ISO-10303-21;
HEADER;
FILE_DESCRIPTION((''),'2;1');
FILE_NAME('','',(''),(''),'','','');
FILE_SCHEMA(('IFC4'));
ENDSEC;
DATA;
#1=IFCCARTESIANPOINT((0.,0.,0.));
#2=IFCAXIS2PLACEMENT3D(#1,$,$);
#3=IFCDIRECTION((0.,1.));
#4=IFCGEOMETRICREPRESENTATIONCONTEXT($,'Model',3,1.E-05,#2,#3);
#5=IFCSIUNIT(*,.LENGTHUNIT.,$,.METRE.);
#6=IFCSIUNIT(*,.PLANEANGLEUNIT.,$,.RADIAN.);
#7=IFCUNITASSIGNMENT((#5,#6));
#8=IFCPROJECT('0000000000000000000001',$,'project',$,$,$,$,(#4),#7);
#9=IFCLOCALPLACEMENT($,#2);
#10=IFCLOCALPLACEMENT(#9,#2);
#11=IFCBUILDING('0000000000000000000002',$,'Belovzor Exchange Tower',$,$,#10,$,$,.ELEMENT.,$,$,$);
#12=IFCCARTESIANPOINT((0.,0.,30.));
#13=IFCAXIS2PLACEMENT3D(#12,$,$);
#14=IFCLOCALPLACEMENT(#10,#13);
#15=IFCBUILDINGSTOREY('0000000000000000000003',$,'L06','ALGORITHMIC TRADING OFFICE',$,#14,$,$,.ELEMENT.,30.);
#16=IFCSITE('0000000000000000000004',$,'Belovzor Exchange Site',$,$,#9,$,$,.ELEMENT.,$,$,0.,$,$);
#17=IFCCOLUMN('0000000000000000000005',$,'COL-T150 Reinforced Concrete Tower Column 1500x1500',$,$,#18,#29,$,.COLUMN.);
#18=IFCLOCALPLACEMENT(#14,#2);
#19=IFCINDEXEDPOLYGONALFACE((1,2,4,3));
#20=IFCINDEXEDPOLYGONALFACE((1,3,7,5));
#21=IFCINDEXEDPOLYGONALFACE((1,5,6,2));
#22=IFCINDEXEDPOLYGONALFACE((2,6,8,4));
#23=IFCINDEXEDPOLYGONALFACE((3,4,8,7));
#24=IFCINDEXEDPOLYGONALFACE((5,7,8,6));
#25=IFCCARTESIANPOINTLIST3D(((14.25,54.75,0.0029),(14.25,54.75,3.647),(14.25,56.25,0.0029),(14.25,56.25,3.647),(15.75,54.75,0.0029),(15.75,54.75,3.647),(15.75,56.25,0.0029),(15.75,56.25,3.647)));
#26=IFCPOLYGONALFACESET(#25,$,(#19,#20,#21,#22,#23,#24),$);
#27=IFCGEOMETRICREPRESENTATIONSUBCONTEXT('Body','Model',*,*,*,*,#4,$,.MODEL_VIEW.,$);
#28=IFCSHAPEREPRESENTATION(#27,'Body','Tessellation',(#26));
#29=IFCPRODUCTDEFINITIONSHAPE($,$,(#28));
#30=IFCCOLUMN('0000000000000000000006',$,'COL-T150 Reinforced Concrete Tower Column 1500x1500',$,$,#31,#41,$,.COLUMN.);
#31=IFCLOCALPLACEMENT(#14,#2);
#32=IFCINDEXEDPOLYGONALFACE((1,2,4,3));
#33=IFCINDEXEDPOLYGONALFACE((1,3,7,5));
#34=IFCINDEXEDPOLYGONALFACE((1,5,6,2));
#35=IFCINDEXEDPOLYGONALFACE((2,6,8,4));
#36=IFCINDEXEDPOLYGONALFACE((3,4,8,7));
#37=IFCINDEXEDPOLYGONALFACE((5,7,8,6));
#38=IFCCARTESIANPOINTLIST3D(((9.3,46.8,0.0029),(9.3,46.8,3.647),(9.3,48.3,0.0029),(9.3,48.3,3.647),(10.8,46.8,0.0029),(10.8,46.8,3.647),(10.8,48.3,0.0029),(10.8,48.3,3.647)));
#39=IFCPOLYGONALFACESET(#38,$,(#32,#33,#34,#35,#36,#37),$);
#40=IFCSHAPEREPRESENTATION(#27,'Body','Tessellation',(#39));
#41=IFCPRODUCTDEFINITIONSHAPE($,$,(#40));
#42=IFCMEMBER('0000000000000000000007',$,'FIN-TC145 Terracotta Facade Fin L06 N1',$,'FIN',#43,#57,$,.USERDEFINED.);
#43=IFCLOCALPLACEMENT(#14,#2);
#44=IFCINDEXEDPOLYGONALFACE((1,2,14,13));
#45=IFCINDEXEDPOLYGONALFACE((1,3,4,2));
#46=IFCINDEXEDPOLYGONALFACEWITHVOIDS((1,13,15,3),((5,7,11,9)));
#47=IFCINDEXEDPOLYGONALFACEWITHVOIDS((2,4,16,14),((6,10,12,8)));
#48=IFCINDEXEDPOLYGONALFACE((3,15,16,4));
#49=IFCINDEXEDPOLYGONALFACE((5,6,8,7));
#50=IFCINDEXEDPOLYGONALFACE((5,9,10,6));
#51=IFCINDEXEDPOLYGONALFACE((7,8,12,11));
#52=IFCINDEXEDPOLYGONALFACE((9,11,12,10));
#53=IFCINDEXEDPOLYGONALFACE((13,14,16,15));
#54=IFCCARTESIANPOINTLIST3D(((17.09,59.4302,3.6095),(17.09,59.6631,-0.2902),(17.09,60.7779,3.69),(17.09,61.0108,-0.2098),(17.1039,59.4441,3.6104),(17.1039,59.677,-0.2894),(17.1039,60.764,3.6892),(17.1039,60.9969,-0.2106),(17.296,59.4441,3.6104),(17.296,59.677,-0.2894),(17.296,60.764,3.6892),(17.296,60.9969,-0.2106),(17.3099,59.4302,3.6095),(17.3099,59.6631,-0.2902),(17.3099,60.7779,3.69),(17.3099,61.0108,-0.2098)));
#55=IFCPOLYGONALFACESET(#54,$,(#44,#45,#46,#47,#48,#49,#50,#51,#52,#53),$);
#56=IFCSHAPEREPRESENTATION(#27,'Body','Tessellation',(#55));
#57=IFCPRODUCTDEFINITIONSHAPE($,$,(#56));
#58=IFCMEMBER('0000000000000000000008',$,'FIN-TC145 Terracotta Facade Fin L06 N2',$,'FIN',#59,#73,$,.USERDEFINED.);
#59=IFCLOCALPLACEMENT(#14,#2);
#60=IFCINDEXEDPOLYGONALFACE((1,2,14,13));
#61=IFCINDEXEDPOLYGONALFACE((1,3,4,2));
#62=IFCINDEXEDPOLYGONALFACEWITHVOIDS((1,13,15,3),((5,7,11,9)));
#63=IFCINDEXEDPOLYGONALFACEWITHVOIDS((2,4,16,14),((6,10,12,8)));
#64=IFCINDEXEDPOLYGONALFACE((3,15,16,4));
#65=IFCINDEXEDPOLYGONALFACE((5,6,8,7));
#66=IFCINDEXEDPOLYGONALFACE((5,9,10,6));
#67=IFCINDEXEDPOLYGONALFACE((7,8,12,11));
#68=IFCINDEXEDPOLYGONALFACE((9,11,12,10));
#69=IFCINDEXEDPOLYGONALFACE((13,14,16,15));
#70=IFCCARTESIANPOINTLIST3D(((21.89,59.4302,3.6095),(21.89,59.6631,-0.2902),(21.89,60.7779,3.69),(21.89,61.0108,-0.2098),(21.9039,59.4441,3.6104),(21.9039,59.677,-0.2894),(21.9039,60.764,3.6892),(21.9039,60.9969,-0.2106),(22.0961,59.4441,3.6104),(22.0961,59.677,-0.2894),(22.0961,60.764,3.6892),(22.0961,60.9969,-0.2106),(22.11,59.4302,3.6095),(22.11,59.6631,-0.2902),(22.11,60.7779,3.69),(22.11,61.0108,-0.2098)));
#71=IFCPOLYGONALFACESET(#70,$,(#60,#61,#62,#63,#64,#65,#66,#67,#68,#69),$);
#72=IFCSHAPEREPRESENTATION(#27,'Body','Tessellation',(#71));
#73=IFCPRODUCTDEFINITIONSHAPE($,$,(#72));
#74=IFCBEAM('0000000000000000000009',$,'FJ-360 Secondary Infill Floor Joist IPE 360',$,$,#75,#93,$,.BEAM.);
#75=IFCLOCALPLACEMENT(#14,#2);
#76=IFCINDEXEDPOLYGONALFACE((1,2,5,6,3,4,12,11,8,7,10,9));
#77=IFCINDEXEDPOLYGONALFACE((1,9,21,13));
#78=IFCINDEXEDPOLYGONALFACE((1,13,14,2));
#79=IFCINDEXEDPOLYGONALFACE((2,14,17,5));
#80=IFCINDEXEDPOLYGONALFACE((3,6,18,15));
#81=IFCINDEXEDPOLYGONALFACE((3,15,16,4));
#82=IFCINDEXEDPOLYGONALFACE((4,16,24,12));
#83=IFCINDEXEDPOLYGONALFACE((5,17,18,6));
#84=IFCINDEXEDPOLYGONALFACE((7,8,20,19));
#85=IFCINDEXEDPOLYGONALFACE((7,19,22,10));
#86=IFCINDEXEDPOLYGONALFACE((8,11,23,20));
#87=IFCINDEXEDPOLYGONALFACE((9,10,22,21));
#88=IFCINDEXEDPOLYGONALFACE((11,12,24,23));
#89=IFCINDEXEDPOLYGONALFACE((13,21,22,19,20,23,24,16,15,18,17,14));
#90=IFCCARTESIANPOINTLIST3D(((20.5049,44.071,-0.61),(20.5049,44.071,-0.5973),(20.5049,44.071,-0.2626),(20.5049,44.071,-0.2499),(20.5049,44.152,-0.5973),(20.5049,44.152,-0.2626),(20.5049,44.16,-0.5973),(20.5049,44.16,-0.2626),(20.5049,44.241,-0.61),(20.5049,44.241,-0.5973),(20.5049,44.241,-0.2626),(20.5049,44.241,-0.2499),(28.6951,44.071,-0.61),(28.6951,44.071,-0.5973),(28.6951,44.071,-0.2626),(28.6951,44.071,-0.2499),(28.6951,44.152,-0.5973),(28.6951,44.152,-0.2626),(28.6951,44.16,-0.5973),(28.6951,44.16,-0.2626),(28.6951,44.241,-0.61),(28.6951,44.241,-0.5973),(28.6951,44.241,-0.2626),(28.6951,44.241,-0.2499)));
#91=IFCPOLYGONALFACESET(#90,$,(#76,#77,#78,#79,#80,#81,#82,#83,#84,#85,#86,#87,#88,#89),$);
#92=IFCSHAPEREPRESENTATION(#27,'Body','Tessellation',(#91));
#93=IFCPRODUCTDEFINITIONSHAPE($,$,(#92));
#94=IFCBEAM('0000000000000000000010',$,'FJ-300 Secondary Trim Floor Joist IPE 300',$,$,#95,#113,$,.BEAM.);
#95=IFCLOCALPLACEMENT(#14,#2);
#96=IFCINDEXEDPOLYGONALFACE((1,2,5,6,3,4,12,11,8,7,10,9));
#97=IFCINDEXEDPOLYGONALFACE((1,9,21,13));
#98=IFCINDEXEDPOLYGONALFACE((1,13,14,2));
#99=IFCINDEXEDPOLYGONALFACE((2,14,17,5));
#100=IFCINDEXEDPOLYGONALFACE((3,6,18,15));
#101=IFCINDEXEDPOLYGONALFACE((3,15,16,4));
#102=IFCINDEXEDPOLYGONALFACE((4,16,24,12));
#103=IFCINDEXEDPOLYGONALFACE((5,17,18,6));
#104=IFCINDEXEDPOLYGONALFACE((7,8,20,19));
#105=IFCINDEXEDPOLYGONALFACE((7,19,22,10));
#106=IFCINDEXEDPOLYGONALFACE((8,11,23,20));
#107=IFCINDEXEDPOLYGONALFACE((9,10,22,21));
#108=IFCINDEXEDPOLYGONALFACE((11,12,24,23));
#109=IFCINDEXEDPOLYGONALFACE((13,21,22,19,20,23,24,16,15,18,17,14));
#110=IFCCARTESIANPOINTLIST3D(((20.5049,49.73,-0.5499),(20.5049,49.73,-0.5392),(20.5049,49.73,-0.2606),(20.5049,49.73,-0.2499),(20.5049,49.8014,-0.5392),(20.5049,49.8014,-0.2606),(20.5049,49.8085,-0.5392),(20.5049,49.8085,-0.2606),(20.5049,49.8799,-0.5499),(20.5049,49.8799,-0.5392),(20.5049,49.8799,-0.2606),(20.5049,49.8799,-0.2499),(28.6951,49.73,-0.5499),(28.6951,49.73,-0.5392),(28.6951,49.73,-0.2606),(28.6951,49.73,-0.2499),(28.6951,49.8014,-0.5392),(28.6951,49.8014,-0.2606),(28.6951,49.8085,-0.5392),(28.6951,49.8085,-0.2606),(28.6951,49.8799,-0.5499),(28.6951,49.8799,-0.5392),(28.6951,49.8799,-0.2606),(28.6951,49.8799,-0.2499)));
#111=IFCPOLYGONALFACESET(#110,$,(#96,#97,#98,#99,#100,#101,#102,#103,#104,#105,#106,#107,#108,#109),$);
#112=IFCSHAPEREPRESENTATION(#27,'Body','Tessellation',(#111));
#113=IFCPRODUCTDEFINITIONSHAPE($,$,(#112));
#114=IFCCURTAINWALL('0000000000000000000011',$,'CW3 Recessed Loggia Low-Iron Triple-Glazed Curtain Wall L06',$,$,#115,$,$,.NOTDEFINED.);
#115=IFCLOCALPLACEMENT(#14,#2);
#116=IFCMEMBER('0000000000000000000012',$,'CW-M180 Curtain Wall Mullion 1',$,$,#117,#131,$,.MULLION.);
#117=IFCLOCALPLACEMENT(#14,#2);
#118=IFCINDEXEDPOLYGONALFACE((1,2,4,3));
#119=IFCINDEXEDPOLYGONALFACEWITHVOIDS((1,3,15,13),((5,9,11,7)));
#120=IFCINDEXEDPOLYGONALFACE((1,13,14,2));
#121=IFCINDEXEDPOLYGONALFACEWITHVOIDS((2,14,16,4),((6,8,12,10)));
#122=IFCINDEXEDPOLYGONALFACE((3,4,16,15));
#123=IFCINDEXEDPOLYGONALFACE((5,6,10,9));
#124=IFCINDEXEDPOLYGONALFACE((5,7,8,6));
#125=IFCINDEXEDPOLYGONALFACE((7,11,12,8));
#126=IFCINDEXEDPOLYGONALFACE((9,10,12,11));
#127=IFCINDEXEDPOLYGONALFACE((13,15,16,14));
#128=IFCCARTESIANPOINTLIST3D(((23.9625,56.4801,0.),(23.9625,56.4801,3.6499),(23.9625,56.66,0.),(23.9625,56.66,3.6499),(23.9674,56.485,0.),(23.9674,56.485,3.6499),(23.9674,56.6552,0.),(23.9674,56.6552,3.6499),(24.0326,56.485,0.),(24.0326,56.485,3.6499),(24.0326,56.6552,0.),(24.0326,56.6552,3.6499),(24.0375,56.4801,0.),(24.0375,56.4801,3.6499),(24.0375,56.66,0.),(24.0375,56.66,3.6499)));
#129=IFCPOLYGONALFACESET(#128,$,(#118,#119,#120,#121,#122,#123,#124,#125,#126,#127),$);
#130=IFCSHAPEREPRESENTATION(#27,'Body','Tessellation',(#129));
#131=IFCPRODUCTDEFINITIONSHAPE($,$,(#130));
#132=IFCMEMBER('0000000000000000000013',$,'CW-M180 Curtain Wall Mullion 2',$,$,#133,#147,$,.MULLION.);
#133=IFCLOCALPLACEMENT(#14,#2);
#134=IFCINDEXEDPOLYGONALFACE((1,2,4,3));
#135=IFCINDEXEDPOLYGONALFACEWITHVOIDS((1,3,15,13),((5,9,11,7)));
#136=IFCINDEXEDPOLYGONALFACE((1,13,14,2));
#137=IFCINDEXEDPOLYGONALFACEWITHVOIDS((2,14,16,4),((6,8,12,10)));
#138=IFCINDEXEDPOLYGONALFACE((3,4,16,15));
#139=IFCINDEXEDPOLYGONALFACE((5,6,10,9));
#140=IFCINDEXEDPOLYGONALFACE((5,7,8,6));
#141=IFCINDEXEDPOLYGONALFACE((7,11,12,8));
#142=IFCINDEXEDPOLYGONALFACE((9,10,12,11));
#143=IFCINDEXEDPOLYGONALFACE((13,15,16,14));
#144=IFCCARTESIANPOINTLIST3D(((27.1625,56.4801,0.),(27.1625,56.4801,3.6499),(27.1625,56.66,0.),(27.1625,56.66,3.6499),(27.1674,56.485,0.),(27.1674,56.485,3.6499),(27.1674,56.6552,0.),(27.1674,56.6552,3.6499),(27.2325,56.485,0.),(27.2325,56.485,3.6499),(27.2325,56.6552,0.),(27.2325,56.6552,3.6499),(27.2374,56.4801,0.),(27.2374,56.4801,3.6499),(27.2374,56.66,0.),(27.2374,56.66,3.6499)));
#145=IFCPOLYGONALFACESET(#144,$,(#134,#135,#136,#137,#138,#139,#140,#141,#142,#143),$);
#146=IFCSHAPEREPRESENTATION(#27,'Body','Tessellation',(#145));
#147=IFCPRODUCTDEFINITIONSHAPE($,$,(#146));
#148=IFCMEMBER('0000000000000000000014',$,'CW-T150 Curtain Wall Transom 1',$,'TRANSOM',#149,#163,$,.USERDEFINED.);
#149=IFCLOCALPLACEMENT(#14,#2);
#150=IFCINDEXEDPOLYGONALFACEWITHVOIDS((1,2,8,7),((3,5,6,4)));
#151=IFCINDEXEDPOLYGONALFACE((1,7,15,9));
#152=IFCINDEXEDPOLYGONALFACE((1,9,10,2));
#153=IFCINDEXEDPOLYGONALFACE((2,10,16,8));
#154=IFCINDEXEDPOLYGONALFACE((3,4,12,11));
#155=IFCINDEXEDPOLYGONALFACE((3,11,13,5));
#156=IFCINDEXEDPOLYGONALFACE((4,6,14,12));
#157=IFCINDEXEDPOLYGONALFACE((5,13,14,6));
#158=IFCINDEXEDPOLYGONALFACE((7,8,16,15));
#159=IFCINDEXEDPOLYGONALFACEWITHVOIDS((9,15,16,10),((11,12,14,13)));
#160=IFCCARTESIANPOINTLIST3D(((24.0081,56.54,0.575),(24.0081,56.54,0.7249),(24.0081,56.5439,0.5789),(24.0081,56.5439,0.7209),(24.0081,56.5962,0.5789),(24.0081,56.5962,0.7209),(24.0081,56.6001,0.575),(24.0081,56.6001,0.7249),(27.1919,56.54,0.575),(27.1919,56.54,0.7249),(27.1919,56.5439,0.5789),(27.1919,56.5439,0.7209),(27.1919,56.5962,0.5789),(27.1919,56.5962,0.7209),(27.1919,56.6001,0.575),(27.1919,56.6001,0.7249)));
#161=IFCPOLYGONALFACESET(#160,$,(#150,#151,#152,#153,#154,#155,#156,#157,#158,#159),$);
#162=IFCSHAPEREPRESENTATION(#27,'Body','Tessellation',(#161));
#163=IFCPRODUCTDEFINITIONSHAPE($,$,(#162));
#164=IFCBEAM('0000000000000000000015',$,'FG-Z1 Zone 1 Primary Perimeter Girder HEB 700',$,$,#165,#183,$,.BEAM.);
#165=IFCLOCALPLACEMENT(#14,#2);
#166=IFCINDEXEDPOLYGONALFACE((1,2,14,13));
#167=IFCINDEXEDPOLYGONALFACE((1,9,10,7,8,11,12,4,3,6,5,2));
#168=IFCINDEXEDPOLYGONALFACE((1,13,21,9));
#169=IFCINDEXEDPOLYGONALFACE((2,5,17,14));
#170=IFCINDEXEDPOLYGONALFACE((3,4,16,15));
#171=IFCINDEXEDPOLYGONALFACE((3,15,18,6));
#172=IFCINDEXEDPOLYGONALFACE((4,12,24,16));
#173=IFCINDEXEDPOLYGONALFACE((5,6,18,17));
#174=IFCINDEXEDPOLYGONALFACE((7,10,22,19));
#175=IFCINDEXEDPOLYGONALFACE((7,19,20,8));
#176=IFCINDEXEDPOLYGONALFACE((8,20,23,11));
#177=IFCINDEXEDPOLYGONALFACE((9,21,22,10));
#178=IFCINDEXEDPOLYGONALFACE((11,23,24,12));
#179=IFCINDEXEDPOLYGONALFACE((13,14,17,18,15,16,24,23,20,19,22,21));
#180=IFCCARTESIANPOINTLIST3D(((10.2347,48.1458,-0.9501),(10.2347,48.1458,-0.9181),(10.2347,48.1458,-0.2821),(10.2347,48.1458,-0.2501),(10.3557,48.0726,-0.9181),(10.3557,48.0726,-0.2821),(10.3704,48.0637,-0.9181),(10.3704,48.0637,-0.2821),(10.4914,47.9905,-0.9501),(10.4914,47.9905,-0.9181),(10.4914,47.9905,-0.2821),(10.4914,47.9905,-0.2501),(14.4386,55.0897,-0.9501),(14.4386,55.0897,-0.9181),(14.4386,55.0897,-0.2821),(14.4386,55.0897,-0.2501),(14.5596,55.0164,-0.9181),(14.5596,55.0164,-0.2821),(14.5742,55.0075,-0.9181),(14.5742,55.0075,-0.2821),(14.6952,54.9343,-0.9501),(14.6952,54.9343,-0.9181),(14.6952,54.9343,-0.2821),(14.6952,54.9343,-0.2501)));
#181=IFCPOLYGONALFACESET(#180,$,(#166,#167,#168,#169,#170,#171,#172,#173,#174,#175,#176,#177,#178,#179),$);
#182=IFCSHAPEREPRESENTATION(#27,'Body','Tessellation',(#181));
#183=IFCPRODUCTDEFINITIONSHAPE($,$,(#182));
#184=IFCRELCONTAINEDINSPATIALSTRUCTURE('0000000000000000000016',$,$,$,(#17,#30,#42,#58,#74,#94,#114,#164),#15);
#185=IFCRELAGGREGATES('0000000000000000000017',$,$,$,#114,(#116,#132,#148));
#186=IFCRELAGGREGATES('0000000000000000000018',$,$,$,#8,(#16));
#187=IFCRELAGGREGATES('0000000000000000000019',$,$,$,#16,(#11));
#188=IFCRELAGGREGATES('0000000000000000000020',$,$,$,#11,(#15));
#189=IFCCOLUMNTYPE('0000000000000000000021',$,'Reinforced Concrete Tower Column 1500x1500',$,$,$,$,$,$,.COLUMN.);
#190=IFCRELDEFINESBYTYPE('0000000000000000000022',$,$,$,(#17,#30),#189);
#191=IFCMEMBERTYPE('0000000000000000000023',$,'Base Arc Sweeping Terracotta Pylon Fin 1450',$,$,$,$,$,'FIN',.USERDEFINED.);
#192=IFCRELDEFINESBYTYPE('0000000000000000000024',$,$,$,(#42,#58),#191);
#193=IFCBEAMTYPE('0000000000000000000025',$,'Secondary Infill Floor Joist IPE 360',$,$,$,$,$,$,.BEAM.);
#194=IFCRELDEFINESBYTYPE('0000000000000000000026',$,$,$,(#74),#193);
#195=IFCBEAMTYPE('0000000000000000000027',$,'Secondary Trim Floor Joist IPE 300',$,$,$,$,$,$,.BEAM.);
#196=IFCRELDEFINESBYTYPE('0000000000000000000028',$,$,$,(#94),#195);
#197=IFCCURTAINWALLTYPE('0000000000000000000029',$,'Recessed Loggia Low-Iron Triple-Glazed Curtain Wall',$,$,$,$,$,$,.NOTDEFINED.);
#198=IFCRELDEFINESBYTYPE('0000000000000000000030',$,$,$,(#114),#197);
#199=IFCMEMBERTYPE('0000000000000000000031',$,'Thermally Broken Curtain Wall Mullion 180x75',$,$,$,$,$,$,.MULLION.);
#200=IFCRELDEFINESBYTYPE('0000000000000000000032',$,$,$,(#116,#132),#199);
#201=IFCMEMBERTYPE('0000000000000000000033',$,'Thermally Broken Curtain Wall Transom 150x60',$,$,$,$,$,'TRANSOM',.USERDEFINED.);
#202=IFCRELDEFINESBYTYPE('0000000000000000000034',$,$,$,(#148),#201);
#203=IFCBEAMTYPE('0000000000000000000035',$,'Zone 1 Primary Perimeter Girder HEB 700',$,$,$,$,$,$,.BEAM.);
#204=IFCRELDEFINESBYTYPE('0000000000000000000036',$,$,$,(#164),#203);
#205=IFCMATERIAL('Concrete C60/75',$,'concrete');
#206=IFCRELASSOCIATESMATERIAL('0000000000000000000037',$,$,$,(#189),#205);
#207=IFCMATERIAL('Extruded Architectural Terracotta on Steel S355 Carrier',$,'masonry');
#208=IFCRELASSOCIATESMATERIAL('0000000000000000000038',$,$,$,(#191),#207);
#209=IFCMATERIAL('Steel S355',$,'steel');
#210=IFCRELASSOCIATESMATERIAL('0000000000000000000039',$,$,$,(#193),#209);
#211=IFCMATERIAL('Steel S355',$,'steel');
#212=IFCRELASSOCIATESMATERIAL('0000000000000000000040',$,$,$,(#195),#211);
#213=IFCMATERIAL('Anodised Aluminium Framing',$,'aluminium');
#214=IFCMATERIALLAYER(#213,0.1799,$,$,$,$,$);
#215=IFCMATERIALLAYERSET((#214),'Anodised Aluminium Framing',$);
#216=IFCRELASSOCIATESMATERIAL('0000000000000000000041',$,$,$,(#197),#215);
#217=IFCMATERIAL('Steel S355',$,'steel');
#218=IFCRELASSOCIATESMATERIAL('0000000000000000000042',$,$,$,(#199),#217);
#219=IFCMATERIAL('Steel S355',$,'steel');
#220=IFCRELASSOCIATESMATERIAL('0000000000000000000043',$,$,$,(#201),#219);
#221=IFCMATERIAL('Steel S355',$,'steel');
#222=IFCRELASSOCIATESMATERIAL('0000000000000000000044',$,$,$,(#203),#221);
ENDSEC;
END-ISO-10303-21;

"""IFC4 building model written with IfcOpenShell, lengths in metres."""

from ifc_helpers import new_model, si_unit, direction, frame, origin, origin_2d, place, context, subcontext, project, spatial, rectangle, hollow_rectangle, i_section, extrude, material, layer, layer_set, material_profile, profile_set, type_object, element, aggregate, save


model = new_model("IFC4")

# Units and contexts
model_context = context("Model", 3, precision=1e-05, world=origin(), true_north=direction((0.0, 1.0)))
body_context = subcontext(model_context, "Body", "Model", "MODEL_VIEW")
ifc_project = project(units=[si_unit("LENGTHUNIT", "METRE"), si_unit("PLANEANGLEUNIT", "RADIAN")], contexts=[model_context])

# Site, building, storey
site_placement = place(None, origin())
site = spatial("IfcSite", under=ifc_project, at=site_placement, Name="Belovzor Exchange Site", CompositionType="ELEMENT", RefElevation=0.0)
building_placement = place(site_placement, origin())
building = spatial("IfcBuilding", under=site, at=building_placement, Name="Belovzor Exchange Tower", CompositionType="ELEMENT")
storey_placement = place(building_placement, frame((0.0, 0.0, 30.0)))
storey = spatial("IfcBuildingStorey", under=building, at=storey_placement, Name="L06", Description="ALGORITHMIC TRADING OFFICE", CompositionType="ELEMENT", Elevation=30.0)

# Columns
ifc_material_1 = material(Name="Concrete C60/75", Category="concrete")
ifc_material_profile_1 = material_profile(ifc_material_1, rectangle(XDim=1.5, YDim=1.5, at=origin_2d()))
ifc_profile_set_1 = profile_set([ifc_material_profile_1], Name="Concrete C60/75")
column_type = type_object("IfcColumnType", Name="Reinforced Concrete Tower Column 1500x1500", PredefinedType="COLUMN", material=ifc_profile_set_1)
for number, where, z_axis, x_axis, name in (
    (1, (15.0, 55.5, 0.0029), (0.0, 0.0, 1.0), (1.0, 0.0, 0.0), "COL-T150 Reinforced Concrete Tower Column 1500x1500"),
    (2, (10.05, 47.55, 0.0029), (0.0, 0.0, 1.0), (1.0, 0.0, 0.0), "COL-T150 Reinforced Concrete Tower Column 1500x1500"),
):
    element("IfcColumn", number, at=place(storey_placement, frame(where, z_axis=z_axis, x_axis=x_axis)), inside=storey, type_object=column_type, Name=name, PredefinedType="COLUMN", context=body_context, shape_type="SweptSolid", body=[
        extrude(rectangle(XDim=1.5, YDim=1.5, at=origin_2d()), origin(), (0.0, 0.0, 1.0), 3.644),
    ])

# Members
ifc_material_2 = material(Name="Extruded Architectural Terracotta on Steel S355 Carrier", Category="masonry")
ifc_material_profile_2 = material_profile(ifc_material_2, hollow_rectangle(XDim=0.22, YDim=1.3501, WallThickness=0.0139, at=origin_2d()))
ifc_profile_set_2 = profile_set([ifc_material_profile_2], Name="Extruded Architectural Terracotta on Steel S355 Carrier")
member_type_1 = type_object("IfcMemberType", Name="Base Arc Sweeping Terracotta Pylon Fin 1450", ElementType="FIN", PredefinedType="USERDEFINED", material=ifc_profile_set_2)
for number, where, z_axis, x_axis, name in (
    (3, (17.2, 60.3369, -0.25), (0.0, -0.059616, 0.998221), (1.0, 0.0, 0.0), "FIN-TC145 Terracotta Facade Fin L06 N1"),
    (4, (22.0, 60.3369, -0.25), (0.0, -0.059616, 0.998221), (1.0, 0.0, 0.0), "FIN-TC145 Terracotta Facade Fin L06 N2"),
):
    element("IfcMember", number, at=place(storey_placement, frame(where, z_axis=z_axis, x_axis=x_axis)), inside=storey, type_object=member_type_1, Name=name, ObjectType="FIN", PredefinedType="USERDEFINED", context=body_context, shape_type="SweptSolid", body=[
        extrude(hollow_rectangle(XDim=0.22, YDim=1.3501, WallThickness=0.0139, at=origin_2d()), origin(), (0.0, 0.0, 1.0), 3.9067),
    ])

# Beams
ifc_material_3 = material(Name="Steel S355", Category="steel")
ifc_material_profile_3 = material_profile(ifc_material_3, i_section(OverallWidth=0.1699, OverallDepth=0.3601, WebThickness=0.0081, FlangeThickness=0.0127, at=origin_2d()))
ifc_profile_set_3 = profile_set([ifc_material_profile_3], Name="Steel S355")
beam_type_1 = type_object("IfcBeamType", Name="Secondary Infill Floor Joist IPE 360", PredefinedType="BEAM", material=ifc_profile_set_3)
beam_1_placement = place(storey_placement, frame((20.5049, 44.156, -0.4299), z_axis=(1.0, 0.0, 0.0), x_axis=(0.0, 1.0, 0.0)))
element("IfcBeam", 5, at=beam_1_placement, inside=storey, type_object=beam_type_1, Name="FJ-360 Secondary Infill Floor Joist IPE 360", PredefinedType="BEAM", context=body_context, shape_type="SweptSolid", body=[
    extrude(i_section(OverallWidth=0.1699, OverallDepth=0.3601, WebThickness=0.0081, FlangeThickness=0.0127, at=origin_2d()), origin(), (0.0, 0.0, 1.0), 8.1902),
])
ifc_material_4 = material(Name="Steel S355", Category="steel")
ifc_material_profile_4 = material_profile(ifc_material_4, i_section(OverallWidth=0.1499, OverallDepth=0.3, WebThickness=0.0071, FlangeThickness=0.0107, at=origin_2d()))
ifc_profile_set_4 = profile_set([ifc_material_profile_4], Name="Steel S355")
beam_type_2 = type_object("IfcBeamType", Name="Secondary Trim Floor Joist IPE 300", PredefinedType="BEAM", material=ifc_profile_set_4)
beam_2_placement = place(storey_placement, frame((20.5049, 49.8049, -0.3999), z_axis=(1.0, 0.0, 0.0), x_axis=(0.0, 1.0, 0.0)))
element("IfcBeam", 6, at=beam_2_placement, inside=storey, type_object=beam_type_2, Name="FJ-300 Secondary Trim Floor Joist IPE 300", PredefinedType="BEAM", context=body_context, shape_type="SweptSolid", body=[
    extrude(i_section(OverallWidth=0.1499, OverallDepth=0.3, WebThickness=0.0071, FlangeThickness=0.0107, at=origin_2d()), origin(), (0.0, 0.0, 1.0), 8.1902),
])

# Curtain wall, members
ifc_material_5 = material(Name="Anodised Aluminium Framing", Category="aluminium")
ifc_layer_1 = layer(ifc_material_5, 0.1799)
ifc_layer_set_1 = layer_set([ifc_layer_1], Name="Anodised Aluminium Framing")
curtain_wall_type = type_object("IfcCurtainWallType", Name="Recessed Loggia Low-Iron Triple-Glazed Curtain Wall", PredefinedType="NOTDEFINED", material=ifc_layer_set_1)
curtain_wall_placement = place(storey_placement, origin())
curtain_wall = element("IfcCurtainWall", 7, at=curtain_wall_placement, inside=storey, type_object=curtain_wall_type, Name="CW3 Recessed Loggia Low-Iron Triple-Glazed Curtain Wall L06", PredefinedType="NOTDEFINED")
ifc_material_6 = material(Name="Steel S355", Category="steel")
ifc_material_profile_5 = material_profile(ifc_material_6, hollow_rectangle(XDim=0.075, YDim=0.1799, WallThickness=0.0049, at=origin_2d()))
ifc_profile_set_5 = profile_set([ifc_material_profile_5], Name="Steel S355")
member_type_2 = type_object("IfcMemberType", Name="Thermally Broken Curtain Wall Mullion 180x75", PredefinedType="MULLION", material=ifc_profile_set_5)
member_1_placement = place(storey_placement, frame((24.0, 56.5701, 0.0), z_axis=(0.0, 0.0, 1.0), x_axis=(1.0, 0.0, 0.0)))
member_1 = element("IfcMember", 8, at=member_1_placement, type_object=member_type_2, Name="CW-M180 Curtain Wall Mullion 1", PredefinedType="MULLION", context=body_context, shape_type="SweptSolid", body=[
    extrude(hollow_rectangle(XDim=0.075, YDim=0.1799, WallThickness=0.0049, at=origin_2d()), origin(), (0.0, 0.0, 1.0), 3.6499),
])
member_2_placement = place(storey_placement, frame((27.2, 56.5701, 0.0), z_axis=(0.0, 0.0, 1.0), x_axis=(1.0, 0.0, 0.0)))
member_2 = element("IfcMember", 9, at=member_2_placement, type_object=member_type_2, Name="CW-M180 Curtain Wall Mullion 2", PredefinedType="MULLION", context=body_context, shape_type="SweptSolid", body=[
    extrude(hollow_rectangle(XDim=0.075, YDim=0.1799, WallThickness=0.0049, at=origin_2d()), origin(), (0.0, 0.0, 1.0), 3.6499),
])
ifc_material_7 = material(Name="Steel S355", Category="steel")
ifc_material_profile_6 = material_profile(ifc_material_7, hollow_rectangle(XDim=0.0601, YDim=0.1499, WallThickness=0.0039, at=origin_2d()))
ifc_profile_set_6 = profile_set([ifc_material_profile_6], Name="Steel S355")
member_type_3 = type_object("IfcMemberType", Name="Thermally Broken Curtain Wall Transom 150x60", ElementType="TRANSOM", PredefinedType="USERDEFINED", material=ifc_profile_set_6)
member_3_placement = place(storey_placement, frame((24.0081, 56.5701, 0.6499), z_axis=(1.0, 0.0, 0.0), x_axis=(0.0, 1.0, 0.0)))
member_3 = element("IfcMember", 10, at=member_3_placement, type_object=member_type_3, Name="CW-T150 Curtain Wall Transom 1", ObjectType="TRANSOM", PredefinedType="USERDEFINED", context=body_context, shape_type="SweptSolid", body=[
    extrude(hollow_rectangle(XDim=0.0601, YDim=0.1499, WallThickness=0.0039, at=origin_2d()), origin(), (0.0, 0.0, 1.0), 3.1838),
])

# Beam
ifc_material_8 = material(Name="Steel S355", Category="steel")
ifc_material_profile_7 = material_profile(ifc_material_8, i_section(OverallWidth=0.3, OverallDepth=0.7, WebThickness=0.0171, FlangeThickness=0.032, at=origin_2d()))
ifc_profile_set_7 = profile_set([ifc_material_profile_7], Name="Steel S355")
beam_type_3 = type_object("IfcBeamType", Name="Zone 1 Primary Perimeter Girder HEB 700", PredefinedType="BEAM", material=ifc_profile_set_7)
beam_3_placement = place(storey_placement, frame((14.5669, 55.012, -0.6001), z_axis=(-0.517893, -0.855445, 0.0), x_axis=(0.855445, -0.517893, 0.0)))
element("IfcBeam", 11, at=beam_3_placement, inside=storey, type_object=beam_type_3, Name="FG-Z1 Zone 1 Primary Perimeter Girder HEB 700", PredefinedType="BEAM", context=body_context, shape_type="SweptSolid", body=[
    extrude(i_section(OverallWidth=0.3, OverallDepth=0.7, WebThickness=0.0171, FlangeThickness=0.032, at=origin_2d()), origin(), (0.0, 0.0, 1.0), 8.1172),
])

aggregate(curtain_wall, [member_1, member_2, member_3])

save(model, "model.ifc")
